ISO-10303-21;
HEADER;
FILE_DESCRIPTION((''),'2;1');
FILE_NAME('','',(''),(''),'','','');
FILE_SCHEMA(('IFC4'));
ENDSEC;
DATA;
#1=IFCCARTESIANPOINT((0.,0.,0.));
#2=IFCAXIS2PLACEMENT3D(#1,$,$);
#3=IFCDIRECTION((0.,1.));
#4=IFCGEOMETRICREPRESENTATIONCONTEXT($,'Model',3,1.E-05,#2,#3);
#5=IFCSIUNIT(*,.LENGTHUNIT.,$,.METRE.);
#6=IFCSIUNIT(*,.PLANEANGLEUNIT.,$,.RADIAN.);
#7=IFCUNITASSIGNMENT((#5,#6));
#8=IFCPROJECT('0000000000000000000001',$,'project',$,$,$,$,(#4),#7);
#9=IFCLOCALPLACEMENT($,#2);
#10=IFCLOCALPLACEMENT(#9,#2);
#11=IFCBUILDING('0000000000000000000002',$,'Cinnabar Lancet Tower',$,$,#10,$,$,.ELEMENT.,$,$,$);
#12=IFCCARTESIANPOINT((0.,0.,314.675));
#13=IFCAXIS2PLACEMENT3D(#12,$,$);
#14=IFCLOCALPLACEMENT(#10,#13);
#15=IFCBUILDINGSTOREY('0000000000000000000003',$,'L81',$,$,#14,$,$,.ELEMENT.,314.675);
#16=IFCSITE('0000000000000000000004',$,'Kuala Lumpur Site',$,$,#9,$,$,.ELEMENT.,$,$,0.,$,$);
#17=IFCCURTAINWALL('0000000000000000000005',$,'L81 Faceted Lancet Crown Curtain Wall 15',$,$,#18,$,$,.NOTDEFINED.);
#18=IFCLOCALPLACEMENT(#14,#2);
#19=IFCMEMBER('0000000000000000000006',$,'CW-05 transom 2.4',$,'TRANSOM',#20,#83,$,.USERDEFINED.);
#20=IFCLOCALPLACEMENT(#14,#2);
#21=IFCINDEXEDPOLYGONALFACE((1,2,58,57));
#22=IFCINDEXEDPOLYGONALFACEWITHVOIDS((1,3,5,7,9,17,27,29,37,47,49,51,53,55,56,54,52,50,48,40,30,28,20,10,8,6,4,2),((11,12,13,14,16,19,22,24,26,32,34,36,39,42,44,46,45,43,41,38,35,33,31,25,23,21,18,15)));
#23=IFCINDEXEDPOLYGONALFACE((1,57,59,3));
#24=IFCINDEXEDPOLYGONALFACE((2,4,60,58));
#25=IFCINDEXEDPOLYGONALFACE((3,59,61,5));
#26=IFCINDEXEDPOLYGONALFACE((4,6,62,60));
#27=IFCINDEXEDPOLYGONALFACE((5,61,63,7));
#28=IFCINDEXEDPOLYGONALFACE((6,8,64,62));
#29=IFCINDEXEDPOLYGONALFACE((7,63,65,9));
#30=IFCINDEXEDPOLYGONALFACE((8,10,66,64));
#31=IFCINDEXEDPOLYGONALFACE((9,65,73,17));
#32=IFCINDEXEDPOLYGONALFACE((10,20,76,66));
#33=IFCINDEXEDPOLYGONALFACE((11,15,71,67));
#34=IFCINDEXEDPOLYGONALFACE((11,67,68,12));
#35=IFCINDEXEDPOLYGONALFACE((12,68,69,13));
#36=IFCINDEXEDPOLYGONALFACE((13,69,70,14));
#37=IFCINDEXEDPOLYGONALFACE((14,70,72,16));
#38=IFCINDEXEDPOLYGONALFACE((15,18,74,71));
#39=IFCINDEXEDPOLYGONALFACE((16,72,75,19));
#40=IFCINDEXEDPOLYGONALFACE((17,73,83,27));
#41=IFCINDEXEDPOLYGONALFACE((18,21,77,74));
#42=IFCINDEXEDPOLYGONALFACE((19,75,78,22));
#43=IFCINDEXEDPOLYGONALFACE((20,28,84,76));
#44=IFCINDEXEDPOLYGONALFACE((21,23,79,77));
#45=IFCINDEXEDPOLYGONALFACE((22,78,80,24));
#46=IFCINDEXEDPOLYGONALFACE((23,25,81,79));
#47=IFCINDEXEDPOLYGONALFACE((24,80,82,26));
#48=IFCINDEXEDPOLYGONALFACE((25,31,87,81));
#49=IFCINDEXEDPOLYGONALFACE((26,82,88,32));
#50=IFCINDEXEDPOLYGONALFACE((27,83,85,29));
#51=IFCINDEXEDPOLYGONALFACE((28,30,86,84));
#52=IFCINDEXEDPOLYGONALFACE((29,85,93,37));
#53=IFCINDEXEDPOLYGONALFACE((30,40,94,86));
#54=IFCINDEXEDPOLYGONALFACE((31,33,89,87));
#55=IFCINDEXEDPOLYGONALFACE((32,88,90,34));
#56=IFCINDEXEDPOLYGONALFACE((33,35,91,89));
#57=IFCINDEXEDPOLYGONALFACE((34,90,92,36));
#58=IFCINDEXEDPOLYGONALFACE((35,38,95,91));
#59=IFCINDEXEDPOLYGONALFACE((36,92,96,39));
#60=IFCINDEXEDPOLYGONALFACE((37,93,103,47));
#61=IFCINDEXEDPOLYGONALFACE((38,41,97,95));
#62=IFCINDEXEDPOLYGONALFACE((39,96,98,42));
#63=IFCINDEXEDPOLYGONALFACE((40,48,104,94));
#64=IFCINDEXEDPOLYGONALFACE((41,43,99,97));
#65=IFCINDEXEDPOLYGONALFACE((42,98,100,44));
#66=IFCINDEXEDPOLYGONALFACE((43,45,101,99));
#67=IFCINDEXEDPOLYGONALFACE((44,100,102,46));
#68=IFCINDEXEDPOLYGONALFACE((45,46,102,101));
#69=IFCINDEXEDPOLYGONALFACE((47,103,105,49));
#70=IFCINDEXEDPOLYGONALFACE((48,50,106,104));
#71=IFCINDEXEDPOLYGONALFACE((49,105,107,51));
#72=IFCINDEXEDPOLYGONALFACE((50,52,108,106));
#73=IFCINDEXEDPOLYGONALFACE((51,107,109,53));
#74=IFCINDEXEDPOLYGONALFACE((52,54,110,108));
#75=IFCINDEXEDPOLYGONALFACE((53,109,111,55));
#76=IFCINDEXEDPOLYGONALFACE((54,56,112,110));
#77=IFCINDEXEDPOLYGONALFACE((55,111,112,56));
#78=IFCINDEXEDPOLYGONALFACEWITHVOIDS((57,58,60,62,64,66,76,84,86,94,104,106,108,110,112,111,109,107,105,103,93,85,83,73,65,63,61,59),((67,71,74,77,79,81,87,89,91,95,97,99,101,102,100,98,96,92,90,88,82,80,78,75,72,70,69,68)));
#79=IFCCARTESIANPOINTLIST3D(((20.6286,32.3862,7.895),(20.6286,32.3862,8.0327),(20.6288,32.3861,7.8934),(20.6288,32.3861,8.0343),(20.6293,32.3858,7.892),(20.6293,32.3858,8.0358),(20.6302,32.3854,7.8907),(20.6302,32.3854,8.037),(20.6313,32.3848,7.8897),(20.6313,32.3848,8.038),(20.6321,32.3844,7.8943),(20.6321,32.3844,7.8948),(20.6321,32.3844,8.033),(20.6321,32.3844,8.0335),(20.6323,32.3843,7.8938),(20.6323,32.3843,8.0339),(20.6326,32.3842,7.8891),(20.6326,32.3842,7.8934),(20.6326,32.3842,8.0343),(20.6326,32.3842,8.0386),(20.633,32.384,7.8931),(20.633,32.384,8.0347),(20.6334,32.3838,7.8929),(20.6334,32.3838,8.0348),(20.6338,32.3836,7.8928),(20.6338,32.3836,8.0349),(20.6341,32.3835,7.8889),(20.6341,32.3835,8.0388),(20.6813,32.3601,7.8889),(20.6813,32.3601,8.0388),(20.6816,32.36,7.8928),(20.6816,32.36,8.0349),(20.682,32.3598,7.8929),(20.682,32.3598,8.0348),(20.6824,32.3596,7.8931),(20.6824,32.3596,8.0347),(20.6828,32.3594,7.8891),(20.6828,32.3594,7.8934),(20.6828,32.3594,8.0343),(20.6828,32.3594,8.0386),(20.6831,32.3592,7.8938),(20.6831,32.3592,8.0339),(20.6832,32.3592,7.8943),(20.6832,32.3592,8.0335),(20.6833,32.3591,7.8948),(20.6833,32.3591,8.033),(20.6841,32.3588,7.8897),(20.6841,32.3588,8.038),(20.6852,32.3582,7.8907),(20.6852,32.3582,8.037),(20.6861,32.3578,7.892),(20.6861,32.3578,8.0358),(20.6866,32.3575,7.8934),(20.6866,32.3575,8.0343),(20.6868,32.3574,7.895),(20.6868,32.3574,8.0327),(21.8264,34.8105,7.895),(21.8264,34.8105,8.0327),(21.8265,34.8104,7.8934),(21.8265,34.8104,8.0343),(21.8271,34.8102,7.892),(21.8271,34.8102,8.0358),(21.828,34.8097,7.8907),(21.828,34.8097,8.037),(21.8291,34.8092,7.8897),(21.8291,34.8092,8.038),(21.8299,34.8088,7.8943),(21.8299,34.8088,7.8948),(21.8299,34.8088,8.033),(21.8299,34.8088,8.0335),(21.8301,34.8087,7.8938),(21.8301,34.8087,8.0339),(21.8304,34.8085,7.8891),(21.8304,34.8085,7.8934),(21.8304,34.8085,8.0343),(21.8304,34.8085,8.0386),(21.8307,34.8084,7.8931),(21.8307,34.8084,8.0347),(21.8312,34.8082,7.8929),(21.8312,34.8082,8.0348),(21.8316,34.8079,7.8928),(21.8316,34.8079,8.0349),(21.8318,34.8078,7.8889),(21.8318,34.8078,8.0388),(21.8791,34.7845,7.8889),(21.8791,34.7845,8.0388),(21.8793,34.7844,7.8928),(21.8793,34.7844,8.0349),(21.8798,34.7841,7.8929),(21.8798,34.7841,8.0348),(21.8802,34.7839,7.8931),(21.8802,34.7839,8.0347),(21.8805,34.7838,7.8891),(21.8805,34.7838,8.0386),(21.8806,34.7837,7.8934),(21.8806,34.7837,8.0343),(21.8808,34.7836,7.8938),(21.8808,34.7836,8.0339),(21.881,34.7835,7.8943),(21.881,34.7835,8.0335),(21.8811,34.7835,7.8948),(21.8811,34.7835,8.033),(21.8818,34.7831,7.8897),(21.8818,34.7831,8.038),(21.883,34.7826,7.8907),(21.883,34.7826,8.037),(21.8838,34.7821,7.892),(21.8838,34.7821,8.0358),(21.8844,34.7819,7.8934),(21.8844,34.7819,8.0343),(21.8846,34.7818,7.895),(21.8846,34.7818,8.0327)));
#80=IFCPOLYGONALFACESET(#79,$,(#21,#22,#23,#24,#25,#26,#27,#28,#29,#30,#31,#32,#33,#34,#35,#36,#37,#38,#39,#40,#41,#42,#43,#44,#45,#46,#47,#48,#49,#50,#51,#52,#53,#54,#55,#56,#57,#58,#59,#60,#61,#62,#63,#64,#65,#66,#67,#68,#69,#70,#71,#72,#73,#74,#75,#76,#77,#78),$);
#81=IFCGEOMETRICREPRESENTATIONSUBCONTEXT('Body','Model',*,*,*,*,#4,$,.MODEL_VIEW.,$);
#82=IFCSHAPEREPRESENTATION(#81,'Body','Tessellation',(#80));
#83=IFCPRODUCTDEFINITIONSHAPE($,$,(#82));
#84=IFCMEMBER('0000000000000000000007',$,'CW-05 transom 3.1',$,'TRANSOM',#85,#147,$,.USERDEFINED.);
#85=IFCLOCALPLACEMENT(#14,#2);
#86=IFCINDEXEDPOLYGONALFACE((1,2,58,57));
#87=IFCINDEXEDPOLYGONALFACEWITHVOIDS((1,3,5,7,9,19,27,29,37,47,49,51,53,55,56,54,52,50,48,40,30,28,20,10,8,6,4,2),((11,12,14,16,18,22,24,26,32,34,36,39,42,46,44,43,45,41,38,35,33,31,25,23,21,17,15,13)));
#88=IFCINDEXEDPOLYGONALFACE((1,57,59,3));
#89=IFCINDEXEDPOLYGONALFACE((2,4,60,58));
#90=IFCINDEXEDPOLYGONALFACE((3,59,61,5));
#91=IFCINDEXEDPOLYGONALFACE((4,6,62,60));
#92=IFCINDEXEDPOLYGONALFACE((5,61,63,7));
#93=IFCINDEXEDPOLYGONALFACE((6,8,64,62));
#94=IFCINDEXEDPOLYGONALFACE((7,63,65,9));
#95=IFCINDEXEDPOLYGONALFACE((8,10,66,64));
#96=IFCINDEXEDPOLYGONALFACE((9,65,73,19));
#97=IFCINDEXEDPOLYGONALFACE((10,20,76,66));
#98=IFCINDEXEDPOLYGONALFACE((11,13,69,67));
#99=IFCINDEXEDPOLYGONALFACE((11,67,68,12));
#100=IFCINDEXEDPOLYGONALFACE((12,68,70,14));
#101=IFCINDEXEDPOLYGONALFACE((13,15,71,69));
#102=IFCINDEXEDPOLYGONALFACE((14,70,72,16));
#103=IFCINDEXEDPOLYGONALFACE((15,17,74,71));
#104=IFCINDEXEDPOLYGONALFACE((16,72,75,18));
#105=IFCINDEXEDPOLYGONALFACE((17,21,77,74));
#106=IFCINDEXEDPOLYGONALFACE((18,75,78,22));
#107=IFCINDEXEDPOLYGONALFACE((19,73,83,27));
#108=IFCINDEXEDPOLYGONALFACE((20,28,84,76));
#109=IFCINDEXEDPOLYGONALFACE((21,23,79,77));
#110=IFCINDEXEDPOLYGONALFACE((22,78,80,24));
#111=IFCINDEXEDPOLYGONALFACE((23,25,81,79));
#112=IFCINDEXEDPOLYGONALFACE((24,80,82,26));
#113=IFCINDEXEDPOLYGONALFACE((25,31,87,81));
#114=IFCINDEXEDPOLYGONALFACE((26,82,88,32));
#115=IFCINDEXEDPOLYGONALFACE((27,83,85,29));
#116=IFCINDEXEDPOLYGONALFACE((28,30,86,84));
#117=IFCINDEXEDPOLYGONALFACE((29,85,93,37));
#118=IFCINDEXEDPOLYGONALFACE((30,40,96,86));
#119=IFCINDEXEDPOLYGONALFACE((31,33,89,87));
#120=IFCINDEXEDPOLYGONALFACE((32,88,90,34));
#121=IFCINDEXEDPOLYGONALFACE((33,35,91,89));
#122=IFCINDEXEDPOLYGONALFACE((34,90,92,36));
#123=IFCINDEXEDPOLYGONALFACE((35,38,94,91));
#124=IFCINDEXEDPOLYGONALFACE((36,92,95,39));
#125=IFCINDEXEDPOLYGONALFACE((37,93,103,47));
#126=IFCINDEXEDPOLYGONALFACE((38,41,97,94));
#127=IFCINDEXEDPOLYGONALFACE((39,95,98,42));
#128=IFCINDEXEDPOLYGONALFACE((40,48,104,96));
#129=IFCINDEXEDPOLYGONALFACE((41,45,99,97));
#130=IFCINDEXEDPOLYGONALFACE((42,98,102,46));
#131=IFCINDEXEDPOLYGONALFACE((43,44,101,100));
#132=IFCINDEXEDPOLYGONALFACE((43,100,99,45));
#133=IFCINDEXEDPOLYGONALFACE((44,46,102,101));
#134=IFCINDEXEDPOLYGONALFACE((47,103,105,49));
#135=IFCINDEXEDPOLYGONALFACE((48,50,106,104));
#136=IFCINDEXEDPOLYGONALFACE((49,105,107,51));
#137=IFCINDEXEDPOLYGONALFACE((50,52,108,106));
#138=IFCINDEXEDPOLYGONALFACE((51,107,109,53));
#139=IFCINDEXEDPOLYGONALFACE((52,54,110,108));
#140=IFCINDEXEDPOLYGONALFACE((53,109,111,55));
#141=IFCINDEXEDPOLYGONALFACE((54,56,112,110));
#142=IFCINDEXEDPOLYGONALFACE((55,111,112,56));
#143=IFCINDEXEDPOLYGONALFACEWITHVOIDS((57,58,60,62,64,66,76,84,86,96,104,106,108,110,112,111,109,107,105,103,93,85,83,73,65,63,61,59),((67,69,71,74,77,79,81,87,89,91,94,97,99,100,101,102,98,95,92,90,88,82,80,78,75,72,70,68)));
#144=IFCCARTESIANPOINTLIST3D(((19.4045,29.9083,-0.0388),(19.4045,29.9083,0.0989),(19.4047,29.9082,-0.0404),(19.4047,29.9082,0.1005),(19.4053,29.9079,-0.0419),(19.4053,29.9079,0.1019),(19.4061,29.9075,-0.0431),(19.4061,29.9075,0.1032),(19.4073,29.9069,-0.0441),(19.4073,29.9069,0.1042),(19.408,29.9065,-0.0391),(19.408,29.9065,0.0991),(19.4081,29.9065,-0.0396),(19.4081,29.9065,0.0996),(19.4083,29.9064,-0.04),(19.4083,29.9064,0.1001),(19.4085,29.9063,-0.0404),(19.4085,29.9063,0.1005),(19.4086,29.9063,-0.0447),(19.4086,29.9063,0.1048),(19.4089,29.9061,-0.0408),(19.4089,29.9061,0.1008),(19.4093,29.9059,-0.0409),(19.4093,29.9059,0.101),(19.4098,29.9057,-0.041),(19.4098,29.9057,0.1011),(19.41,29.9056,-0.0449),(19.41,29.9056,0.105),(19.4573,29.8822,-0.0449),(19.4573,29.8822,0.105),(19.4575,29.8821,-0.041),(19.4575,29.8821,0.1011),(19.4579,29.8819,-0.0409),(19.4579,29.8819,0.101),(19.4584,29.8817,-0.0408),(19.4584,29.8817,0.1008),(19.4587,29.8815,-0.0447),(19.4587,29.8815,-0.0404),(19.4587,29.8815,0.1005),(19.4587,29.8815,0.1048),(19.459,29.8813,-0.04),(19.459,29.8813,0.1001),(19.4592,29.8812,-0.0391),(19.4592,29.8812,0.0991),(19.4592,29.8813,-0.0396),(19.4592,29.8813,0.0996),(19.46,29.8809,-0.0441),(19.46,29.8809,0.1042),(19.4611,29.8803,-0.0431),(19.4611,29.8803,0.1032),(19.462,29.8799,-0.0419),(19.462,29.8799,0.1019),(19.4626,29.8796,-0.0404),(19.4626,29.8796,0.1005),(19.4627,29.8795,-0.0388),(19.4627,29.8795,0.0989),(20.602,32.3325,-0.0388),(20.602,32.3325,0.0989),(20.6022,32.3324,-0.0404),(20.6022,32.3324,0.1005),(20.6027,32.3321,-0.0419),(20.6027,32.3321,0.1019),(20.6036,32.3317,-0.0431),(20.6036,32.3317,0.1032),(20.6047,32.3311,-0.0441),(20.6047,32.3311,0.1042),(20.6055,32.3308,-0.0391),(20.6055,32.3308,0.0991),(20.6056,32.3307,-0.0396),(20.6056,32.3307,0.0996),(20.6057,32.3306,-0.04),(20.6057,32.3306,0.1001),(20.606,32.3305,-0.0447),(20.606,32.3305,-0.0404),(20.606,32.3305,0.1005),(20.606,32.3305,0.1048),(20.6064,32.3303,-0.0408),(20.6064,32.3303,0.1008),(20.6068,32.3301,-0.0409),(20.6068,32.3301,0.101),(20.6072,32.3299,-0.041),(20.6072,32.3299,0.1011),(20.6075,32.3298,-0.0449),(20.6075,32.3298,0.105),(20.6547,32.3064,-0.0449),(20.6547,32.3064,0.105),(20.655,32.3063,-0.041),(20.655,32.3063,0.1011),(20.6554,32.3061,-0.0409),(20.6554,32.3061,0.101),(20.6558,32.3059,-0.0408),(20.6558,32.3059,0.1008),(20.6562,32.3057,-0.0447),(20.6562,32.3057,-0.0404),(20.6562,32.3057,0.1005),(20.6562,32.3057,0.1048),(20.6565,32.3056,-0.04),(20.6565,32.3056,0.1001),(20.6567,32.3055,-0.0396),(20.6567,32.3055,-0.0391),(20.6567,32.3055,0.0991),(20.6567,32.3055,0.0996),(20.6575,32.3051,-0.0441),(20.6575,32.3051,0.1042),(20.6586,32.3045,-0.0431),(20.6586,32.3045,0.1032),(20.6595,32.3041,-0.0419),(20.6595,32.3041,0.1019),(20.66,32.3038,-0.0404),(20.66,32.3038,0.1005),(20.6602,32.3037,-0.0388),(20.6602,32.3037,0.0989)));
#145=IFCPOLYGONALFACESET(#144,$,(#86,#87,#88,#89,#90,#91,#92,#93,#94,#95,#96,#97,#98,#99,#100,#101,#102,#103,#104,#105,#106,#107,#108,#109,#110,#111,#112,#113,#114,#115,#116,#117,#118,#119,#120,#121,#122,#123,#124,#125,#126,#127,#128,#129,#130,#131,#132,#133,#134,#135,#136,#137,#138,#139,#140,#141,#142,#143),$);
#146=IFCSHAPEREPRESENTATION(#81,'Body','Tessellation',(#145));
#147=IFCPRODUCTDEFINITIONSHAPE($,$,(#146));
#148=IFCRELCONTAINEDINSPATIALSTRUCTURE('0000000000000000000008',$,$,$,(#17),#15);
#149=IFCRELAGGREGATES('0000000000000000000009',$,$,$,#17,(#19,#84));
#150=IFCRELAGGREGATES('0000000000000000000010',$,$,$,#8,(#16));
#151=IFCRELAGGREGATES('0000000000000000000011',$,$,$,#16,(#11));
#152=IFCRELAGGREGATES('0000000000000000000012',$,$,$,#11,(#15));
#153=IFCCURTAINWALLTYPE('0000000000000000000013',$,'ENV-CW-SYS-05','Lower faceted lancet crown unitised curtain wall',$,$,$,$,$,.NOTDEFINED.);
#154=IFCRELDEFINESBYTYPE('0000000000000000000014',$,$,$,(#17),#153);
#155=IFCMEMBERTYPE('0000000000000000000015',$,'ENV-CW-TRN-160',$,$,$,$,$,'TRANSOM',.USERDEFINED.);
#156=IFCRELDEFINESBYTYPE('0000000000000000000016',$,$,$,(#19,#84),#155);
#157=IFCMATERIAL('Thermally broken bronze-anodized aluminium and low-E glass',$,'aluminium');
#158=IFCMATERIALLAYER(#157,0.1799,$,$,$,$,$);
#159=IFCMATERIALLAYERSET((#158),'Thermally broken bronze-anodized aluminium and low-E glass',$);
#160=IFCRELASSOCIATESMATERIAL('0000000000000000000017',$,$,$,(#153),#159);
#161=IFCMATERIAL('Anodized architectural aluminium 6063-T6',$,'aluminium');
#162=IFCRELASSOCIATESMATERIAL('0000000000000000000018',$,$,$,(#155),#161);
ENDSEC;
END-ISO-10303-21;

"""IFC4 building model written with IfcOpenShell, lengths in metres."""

from ifc_helpers import new_model, si_unit, direction, frame, origin, origin_2d, place, context, subcontext, project, spatial, hollow_rectangle, extrude, material, layer, layer_set, material_profile, profile_set, type_object, element, aggregate, save


model = new_model("IFC4")

# Units and contexts
model_context = context("Model", 3, precision=1e-05, world=origin(), true_north=direction((0.0, 1.0)))
body_context = subcontext(model_context, "Body", "Model", "MODEL_VIEW")
ifc_project = project(units=[si_unit("LENGTHUNIT", "METRE"), si_unit("PLANEANGLEUNIT", "RADIAN")], contexts=[model_context])

# Site, building, storey
site_placement = place(None, origin())
site = spatial("IfcSite", under=ifc_project, at=site_placement, Name="Kuala Lumpur Site", CompositionType="ELEMENT", RefElevation=0.0)
building_placement = place(site_placement, origin())
building = spatial("IfcBuilding", under=site, at=building_placement, Name="Cinnabar Lancet Tower", CompositionType="ELEMENT")
storey_placement = place(building_placement, frame((0.0, 0.0, 314.675)))
storey = spatial("IfcBuildingStorey", under=building, at=storey_placement, Name="L81", CompositionType="ELEMENT", Elevation=314.675)

# Shared definitions
ifc_material_1 = material(Name="Thermally broken bronze-anodized aluminium and low-E glass", Category="aluminium")
ifc_layer_1 = layer(ifc_material_1, 0.1799)
ifc_layer_set_1 = layer_set([ifc_layer_1], Name="Thermally broken bronze-anodized aluminium and low-E glass")
curtain_wall_type = type_object("IfcCurtainWallType", Name="ENV-CW-SYS-05", Description="Lower faceted lancet crown unitised curtain wall", PredefinedType="NOTDEFINED", material=ifc_layer_set_1)

# Curtain wall, members
curtain_wall_1_placement = place(storey_placement, origin())
curtain_wall_1 = element("IfcCurtainWall", 1, at=curtain_wall_1_placement, inside=storey, type_object=curtain_wall_type, Name="L81 Faceted Lancet Crown Curtain Wall 15", PredefinedType="NOTDEFINED")
ifc_material_2 = material(Name="Anodized architectural aluminium 6063-T6", Category="aluminium")
ifc_material_profile_1 = material_profile(ifc_material_2, hollow_rectangle(XDim=0.0649, YDim=0.1499, WallThickness=0.0039, InnerFilletRadius=0.002, OuterFilletRadius=0.0061, at=origin_2d()), Name="CW-TRN 150x65x4")
ifc_profile_set_1 = profile_set([ifc_material_profile_1], Name="Anodized architectural aluminium 6063-T6")
member_type_1 = type_object("IfcMemberType", Name="ENV-CW-TRN-160", ElementType="TRANSOM", PredefinedType="USERDEFINED", material=ifc_profile_set_1)
member_1_placement = place(storey_placement, frame((21.8555, 34.7961, 7.9639), z_axis=(-0.442947, -0.896548, 0.0), x_axis=(0.896548, -0.442947, 0.0)))
member_1 = element("IfcMember", 2, at=member_1_placement, type_object=member_type_1, Name="CW-05 transom 2.4", ObjectType="TRANSOM", PredefinedType="USERDEFINED", context=body_context, shape_type="SweptSolid", body=[
    extrude(hollow_rectangle(XDim=0.0649, YDim=0.1499, WallThickness=0.0039, InnerFilletRadius=0.002, OuterFilletRadius=0.0061, at=origin_2d()), origin(), (0.0, 0.0, 1.0), 2.7041),
])
member_2_placement = place(storey_placement, frame((20.6311, 32.3181, 0.03), z_axis=(-0.442874, -0.896584, 0.0), x_axis=(0.896584, -0.442874, 0.0)))
member_2 = element("IfcMember", 3, at=member_2_placement, type_object=member_type_1, Name="CW-05 transom 3.1", ObjectType="TRANSOM", PredefinedType="USERDEFINED", context=body_context, shape_type="SweptSolid", body=[
    extrude(hollow_rectangle(XDim=0.0649, YDim=0.1499, WallThickness=0.0039, InnerFilletRadius=0.002, OuterFilletRadius=0.0061, at=origin_2d()), origin(), (0.0, 0.0, 1.0), 2.7039),
])
aggregate(curtain_wall_1, [member_1, member_2])

save(model, "model.ifc")
